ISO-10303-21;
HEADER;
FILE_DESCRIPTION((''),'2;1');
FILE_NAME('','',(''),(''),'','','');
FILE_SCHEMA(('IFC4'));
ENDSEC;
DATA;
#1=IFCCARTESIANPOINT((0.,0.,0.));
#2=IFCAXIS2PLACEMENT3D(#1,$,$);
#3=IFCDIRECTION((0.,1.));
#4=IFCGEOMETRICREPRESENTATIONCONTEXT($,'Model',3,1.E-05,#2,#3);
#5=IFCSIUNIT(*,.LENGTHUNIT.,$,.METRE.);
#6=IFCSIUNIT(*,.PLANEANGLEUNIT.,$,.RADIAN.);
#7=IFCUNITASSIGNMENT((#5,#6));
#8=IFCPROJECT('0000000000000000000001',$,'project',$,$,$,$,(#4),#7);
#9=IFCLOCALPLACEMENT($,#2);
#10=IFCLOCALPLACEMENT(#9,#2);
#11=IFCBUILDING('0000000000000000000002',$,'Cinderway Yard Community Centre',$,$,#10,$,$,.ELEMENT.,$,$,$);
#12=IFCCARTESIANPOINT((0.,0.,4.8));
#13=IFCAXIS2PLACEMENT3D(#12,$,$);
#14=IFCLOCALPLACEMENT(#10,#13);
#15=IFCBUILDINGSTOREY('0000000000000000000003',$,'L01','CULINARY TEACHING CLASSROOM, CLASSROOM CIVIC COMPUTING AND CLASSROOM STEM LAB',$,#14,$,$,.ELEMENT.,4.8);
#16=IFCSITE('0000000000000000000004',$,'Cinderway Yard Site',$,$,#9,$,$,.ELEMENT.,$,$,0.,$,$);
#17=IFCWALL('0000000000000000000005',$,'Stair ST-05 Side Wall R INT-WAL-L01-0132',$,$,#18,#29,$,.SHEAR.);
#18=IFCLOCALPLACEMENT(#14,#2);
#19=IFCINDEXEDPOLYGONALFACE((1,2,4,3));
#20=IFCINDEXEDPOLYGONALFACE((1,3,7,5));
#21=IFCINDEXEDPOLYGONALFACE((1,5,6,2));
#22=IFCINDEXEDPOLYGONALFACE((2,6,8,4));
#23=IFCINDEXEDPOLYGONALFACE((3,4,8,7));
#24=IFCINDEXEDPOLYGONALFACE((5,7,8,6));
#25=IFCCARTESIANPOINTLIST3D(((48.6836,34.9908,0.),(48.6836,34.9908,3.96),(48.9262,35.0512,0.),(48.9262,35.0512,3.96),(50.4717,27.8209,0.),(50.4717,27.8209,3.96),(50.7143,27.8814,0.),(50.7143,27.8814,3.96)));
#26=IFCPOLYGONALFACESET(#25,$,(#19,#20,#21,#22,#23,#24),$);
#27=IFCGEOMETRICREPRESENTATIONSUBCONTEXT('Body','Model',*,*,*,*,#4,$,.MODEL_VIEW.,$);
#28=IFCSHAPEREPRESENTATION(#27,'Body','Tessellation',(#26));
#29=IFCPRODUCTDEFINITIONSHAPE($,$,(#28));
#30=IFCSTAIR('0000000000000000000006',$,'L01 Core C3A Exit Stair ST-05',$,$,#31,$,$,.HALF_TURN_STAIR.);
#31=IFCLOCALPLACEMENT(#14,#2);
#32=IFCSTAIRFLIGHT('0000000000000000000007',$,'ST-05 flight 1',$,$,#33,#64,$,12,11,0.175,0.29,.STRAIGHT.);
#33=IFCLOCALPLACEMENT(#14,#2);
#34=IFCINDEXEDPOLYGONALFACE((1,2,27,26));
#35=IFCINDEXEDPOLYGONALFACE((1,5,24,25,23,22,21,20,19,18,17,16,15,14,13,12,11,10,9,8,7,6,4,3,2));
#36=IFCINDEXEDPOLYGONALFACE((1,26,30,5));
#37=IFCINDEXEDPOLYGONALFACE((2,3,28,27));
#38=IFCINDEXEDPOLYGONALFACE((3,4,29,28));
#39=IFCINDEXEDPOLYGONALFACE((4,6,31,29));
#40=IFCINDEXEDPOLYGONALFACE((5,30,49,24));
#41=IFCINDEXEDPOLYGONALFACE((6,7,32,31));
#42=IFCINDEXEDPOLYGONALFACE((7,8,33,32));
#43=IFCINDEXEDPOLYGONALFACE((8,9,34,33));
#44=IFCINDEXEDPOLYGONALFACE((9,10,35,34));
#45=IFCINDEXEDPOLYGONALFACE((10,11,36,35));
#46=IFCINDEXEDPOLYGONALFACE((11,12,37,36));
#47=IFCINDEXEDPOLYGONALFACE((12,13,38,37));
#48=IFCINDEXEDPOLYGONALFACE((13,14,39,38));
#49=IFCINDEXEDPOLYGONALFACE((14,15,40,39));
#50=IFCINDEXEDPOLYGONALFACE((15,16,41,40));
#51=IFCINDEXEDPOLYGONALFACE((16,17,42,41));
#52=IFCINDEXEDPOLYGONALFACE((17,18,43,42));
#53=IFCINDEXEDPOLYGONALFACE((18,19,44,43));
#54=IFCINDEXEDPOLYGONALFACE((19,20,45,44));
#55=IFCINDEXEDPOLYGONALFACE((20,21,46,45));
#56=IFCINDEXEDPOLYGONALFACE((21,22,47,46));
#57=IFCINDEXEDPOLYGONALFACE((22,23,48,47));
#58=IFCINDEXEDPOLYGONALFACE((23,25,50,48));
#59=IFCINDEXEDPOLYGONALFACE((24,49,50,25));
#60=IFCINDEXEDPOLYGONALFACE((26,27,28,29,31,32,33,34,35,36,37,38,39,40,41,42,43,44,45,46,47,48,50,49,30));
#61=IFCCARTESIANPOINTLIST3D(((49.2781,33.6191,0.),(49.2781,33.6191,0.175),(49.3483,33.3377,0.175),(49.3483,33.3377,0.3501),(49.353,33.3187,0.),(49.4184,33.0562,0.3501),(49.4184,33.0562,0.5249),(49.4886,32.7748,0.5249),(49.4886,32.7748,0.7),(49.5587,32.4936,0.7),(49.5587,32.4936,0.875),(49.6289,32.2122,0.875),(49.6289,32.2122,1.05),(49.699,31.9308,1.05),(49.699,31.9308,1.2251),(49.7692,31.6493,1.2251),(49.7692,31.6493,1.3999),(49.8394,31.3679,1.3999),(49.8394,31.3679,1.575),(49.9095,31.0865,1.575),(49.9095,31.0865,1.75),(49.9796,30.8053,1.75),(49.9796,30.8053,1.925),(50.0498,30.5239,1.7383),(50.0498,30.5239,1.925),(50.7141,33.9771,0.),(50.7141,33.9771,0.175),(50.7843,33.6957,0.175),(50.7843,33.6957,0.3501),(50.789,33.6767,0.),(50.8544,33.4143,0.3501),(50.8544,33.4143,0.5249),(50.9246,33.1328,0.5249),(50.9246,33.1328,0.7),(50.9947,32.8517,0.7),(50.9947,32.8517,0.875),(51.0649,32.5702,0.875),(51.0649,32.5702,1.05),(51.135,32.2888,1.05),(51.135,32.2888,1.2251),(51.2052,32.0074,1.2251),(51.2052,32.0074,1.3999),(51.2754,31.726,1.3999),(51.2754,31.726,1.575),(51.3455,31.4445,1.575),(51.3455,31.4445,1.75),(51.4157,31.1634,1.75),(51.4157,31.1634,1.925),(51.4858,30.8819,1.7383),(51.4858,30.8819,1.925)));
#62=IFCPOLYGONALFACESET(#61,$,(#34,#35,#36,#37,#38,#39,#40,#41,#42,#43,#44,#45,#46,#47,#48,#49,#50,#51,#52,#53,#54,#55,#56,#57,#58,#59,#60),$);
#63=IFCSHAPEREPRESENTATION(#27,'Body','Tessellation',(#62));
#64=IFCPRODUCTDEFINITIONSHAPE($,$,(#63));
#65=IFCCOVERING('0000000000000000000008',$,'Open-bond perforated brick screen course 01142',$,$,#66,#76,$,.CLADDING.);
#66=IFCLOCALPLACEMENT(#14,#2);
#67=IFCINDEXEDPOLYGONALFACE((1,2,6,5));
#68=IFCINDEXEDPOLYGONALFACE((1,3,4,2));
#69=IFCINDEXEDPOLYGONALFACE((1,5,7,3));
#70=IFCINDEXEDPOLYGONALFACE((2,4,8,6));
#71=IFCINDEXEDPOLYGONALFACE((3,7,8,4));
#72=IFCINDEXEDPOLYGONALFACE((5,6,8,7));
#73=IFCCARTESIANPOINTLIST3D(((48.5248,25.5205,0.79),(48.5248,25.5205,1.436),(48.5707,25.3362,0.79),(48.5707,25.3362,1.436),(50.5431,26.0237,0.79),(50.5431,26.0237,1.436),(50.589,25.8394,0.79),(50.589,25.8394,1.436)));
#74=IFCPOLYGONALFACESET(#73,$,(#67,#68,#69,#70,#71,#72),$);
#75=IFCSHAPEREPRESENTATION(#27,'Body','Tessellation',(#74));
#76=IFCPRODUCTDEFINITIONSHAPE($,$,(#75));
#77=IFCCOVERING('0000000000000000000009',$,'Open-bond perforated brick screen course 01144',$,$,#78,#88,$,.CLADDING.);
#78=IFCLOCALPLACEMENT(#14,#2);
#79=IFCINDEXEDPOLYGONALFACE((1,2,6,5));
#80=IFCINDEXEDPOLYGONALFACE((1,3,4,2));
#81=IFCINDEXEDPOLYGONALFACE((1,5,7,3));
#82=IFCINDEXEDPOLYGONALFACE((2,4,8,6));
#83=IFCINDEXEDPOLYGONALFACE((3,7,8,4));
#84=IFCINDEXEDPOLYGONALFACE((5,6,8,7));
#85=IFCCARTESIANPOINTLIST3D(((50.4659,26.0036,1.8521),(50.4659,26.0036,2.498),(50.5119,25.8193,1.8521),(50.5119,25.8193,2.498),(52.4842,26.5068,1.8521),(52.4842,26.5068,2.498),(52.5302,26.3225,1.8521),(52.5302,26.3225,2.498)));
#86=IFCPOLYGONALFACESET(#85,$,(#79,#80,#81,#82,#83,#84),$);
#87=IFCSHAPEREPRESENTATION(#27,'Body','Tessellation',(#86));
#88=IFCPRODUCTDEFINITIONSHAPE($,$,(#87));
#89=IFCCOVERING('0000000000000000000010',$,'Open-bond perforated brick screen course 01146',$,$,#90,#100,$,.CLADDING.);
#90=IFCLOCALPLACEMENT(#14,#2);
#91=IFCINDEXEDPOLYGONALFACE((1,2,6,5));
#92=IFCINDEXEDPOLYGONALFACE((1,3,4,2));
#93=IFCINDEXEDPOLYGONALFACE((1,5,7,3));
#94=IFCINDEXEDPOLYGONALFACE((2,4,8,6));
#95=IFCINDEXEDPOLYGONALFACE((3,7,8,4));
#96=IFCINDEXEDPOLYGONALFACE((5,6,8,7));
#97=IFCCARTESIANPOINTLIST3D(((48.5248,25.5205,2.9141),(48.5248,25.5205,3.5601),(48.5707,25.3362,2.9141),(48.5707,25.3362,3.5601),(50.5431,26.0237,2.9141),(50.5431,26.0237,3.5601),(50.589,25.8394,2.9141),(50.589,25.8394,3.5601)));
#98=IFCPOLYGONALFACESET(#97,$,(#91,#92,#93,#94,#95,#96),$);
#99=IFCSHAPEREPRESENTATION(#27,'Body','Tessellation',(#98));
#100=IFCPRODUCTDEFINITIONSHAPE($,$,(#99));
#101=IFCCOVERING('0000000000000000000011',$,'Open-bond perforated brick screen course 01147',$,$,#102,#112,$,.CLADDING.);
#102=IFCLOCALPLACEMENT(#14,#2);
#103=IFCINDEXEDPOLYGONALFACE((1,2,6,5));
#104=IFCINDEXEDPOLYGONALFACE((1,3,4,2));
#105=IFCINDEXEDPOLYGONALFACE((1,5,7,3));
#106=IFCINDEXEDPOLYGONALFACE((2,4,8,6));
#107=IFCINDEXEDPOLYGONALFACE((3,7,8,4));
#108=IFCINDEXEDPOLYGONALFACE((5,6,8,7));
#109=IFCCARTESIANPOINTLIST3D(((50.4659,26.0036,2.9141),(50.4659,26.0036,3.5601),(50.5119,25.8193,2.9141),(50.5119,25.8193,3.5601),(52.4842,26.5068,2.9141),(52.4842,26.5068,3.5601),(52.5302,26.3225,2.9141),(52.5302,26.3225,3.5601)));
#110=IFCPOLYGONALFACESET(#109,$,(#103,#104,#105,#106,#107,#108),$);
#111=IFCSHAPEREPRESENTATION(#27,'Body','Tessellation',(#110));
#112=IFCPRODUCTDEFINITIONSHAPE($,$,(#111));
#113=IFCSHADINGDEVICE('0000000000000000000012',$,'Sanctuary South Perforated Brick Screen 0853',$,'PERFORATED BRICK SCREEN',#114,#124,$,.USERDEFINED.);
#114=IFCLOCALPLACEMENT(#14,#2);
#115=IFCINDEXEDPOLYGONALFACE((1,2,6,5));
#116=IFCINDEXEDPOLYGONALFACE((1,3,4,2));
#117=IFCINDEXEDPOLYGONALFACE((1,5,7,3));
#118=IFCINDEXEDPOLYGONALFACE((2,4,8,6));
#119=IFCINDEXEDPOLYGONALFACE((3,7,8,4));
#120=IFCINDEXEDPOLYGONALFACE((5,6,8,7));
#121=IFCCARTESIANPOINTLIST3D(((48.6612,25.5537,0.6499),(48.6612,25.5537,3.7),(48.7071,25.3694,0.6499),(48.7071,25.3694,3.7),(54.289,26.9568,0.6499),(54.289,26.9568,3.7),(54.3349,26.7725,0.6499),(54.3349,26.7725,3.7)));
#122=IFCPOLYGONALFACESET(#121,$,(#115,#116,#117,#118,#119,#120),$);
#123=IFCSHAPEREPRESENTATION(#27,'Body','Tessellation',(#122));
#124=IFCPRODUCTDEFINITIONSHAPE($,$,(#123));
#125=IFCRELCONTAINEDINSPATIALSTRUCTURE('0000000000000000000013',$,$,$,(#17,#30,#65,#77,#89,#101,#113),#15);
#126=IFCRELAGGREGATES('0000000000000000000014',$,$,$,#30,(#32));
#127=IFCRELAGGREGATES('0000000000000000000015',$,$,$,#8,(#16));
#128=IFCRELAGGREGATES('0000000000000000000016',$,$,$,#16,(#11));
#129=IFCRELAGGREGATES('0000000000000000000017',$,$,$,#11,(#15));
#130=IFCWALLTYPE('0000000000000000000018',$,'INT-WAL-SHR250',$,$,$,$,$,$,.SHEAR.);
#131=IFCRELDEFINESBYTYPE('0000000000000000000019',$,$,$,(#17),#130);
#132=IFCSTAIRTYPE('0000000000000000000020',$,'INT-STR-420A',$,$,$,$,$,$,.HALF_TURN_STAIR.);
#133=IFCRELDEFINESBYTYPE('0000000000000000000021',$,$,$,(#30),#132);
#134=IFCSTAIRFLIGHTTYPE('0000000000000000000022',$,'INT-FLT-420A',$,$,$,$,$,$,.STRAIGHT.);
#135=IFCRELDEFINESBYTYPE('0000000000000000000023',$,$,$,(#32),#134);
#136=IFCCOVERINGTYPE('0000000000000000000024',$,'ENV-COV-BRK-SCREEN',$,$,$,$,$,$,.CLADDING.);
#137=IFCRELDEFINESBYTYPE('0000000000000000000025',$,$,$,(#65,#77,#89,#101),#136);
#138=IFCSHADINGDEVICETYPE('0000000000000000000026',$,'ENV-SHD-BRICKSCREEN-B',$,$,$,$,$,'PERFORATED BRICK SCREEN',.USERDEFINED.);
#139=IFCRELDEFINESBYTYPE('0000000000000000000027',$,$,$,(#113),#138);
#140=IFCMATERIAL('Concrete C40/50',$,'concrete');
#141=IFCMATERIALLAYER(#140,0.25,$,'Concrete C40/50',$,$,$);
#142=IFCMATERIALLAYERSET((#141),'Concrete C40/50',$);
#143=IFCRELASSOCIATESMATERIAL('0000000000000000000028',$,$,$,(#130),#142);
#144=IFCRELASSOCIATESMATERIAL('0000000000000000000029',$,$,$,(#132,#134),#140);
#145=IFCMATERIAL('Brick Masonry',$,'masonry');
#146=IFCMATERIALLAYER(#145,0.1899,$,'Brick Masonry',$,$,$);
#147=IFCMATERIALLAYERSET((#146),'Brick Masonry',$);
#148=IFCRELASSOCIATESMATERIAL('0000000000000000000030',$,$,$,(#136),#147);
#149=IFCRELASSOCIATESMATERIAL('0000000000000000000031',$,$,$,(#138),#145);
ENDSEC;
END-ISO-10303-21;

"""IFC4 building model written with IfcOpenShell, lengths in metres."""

from ifc_helpers import new_model, si_unit, direction, frame, frame_2d, origin, origin_2d, place, context, subcontext, project, spatial, polyline, rectangle, outline, extrude, material, layer, layer_set, type_object, element, aggregate, save


model = new_model("IFC4")

# Units and contexts
model_context = context("Model", 3, precision=1e-05, world=origin(), true_north=direction((0.0, 1.0)))
body_context = subcontext(model_context, "Body", "Model", "MODEL_VIEW")
ifc_project = project(units=[si_unit("LENGTHUNIT", "METRE"), si_unit("PLANEANGLEUNIT", "RADIAN")], contexts=[model_context])

# Site, building, storey
site_placement = place(None, origin())
site = spatial("IfcSite", under=ifc_project, at=site_placement, Name="Cinderway Yard Site", CompositionType="ELEMENT", RefElevation=0.0)
building_placement = place(site_placement, origin())
building = spatial("IfcBuilding", under=site, at=building_placement, Name="Cinderway Yard Community Centre", CompositionType="ELEMENT")
storey_placement = place(building_placement, frame((0.0, 0.0, 4.8)))
storey = spatial("IfcBuildingStorey", under=building, at=storey_placement, Name="L01", Description="CULINARY TEACHING CLASSROOM, CLASSROOM CIVIC COMPUTING AND CLASSROOM STEM LAB", CompositionType="ELEMENT", Elevation=4.8)

# Shared definitions
ifc_material_1 = material(Name="Concrete C40/50", Category="concrete")
ifc_layer_1 = layer(ifc_material_1, 0.25, Name="Concrete C40/50")
ifc_layer_set_1 = layer_set([ifc_layer_1], Name="Concrete C40/50")
wall_type = type_object("IfcWallType", Name="INT-WAL-SHR250", PredefinedType="SHEAR", material=ifc_layer_set_1)

# Wall
wall_1_placement = place(storey_placement, frame((50.593, 27.8511, 0.0), z_axis=(0.0, 0.0, 1.0), x_axis=(-0.241976, 0.970282, 0.0)))
element("IfcWall", 1, at=wall_1_placement, inside=storey, type_object=wall_type, Name="Stair ST-05 Side Wall R INT-WAL-L01-0132", PredefinedType="SHEAR", context=body_context, shape_type="SweptSolid", body=[
    extrude(rectangle(XDim=7.3894, YDim=0.25, at=frame_2d((3.6948, 0.0))), origin(), (0.0, 0.0, 1.0), 3.96),
])

# Stair, stair flight
stair_type = type_object("IfcStairType", Name="INT-STR-420A", PredefinedType="HALF_TURN_STAIR", material=ifc_material_1)
stair_placement = place(storey_placement, origin())
stair = element("IfcStair", 2, at=stair_placement, inside=storey, type_object=stair_type, Name="L01 Core C3A Exit Stair ST-05", PredefinedType="HALF_TURN_STAIR")
stair_flight_type = type_object("IfcStairFlightType", Name="INT-FLT-420A", PredefinedType="STRAIGHT", material=ifc_material_1)
stair_flight_placement = place(storey_placement, frame((49.9961, 33.7981, 0.0), z_axis=(0.0, 0.0, 1.0), x_axis=(0.241922, -0.970296, 0.0)))
stair_flight = element("IfcStairFlight", 3, at=stair_flight_placement, type_object=stair_flight_type, Name="ST-05 flight 1", NumberOfRisers=12, NumberOfTreads=11, PredefinedType="STRAIGHT", RiserHeight=0.175, TreadLength=0.29, context=body_context, shape_type="SweptSolid", body=[
    extrude(outline(polyline([(0.0, 0.0), (0.0, 0.175), (0.29, 0.175), (0.29, 0.3501), (0.5801, 0.3501), (0.5801, 0.5249), (0.8701, 0.5249), (0.8701, 0.7), (1.1599, 0.7), (1.1599, 0.875), (1.45, 0.875), (1.45, 1.05), (1.74, 1.05), (1.74, 1.2251), (2.03, 1.2251), (2.03, 1.3999), (2.3201, 1.3999), (2.3201, 1.575), (2.6101, 1.575), (2.6101, 1.75), (2.8999, 1.75), (2.8999, 1.925), (3.1899, 1.925), (3.1899, 2.1001), (3.1899, 1.7383), (0.3096, 0.0), (0.0, 0.0)])), frame((0.0, 0.74, 0.0), z_axis=(0.0, -1.0, 0.0), x_axis=(1.0, 0.0, 0.0)), (0.0, 0.0, 1.0), 1.48),
])
aggregate(stair, [stair_flight])

# Coverings
ifc_material_2 = material(Name="Brick Masonry", Category="masonry")
ifc_layer_2 = layer(ifc_material_2, 0.1899, Name="Brick Masonry")
ifc_layer_set_2 = layer_set([ifc_layer_2], Name="Brick Masonry")
covering_type = type_object("IfcCoveringType", Name="ENV-COV-BRK-SCREEN", PredefinedType="CLADDING", material=ifc_layer_set_2)
for number, where, z_axis, x_axis, name in (
    (4, (49.5569, 25.6799, 0.79), (0.0, 0.0, 1.0), (-0.970296, -0.241922, 0.0), "Open-bond perforated brick screen course 01142"),
    (5, (51.498, 26.1631, 1.8521), (0.0, 0.0, 1.0), (-0.970296, -0.241922, 0.0), "Open-bond perforated brick screen course 01144"),
    (6, (49.5569, 25.6799, 2.9141), (0.0, 0.0, 1.0), (-0.970296, -0.241922, 0.0), "Open-bond perforated brick screen course 01146"),
    (7, (51.498, 26.1631, 2.9141), (0.0, 0.0, 1.0), (-0.970296, -0.241922, 0.0), "Open-bond perforated brick screen course 01147"),
):
    element("IfcCovering", number, at=place(storey_placement, frame(where, z_axis=z_axis, x_axis=x_axis)), inside=storey, type_object=covering_type, Name=name, PredefinedType="CLADDING", context=body_context, shape_type="SweptSolid", body=[
        extrude(rectangle(XDim=2.0801, YDim=0.1899, at=origin_2d()), origin(), (0.0, 0.0, 1.0), 0.646),
    ])

# Shading device
shading_device_type = type_object("IfcShadingDeviceType", Name="ENV-SHD-BRICKSCREEN-B", ElementType="PERFORATED BRICK SCREEN", PredefinedType="USERDEFINED", material=ifc_material_2)
shading_device_placement = place(storey_placement, frame((51.498, 26.1631, 0.6499), z_axis=(0.0, 0.0, 1.0), x_axis=(-0.970296, -0.241922, 0.0)))
element("IfcShadingDevice", 8, at=shading_device_placement, inside=storey, type_object=shading_device_type, Name="Sanctuary South Perforated Brick Screen 0853", ObjectType="PERFORATED BRICK SCREEN", PredefinedType="USERDEFINED", context=body_context, shape_type="SweptSolid", body=[
    extrude(rectangle(XDim=5.8, YDim=0.1899, at=origin_2d()), origin(), (0.0, 0.0, 1.0), 3.05),
])

save(model, "model.ifc")
